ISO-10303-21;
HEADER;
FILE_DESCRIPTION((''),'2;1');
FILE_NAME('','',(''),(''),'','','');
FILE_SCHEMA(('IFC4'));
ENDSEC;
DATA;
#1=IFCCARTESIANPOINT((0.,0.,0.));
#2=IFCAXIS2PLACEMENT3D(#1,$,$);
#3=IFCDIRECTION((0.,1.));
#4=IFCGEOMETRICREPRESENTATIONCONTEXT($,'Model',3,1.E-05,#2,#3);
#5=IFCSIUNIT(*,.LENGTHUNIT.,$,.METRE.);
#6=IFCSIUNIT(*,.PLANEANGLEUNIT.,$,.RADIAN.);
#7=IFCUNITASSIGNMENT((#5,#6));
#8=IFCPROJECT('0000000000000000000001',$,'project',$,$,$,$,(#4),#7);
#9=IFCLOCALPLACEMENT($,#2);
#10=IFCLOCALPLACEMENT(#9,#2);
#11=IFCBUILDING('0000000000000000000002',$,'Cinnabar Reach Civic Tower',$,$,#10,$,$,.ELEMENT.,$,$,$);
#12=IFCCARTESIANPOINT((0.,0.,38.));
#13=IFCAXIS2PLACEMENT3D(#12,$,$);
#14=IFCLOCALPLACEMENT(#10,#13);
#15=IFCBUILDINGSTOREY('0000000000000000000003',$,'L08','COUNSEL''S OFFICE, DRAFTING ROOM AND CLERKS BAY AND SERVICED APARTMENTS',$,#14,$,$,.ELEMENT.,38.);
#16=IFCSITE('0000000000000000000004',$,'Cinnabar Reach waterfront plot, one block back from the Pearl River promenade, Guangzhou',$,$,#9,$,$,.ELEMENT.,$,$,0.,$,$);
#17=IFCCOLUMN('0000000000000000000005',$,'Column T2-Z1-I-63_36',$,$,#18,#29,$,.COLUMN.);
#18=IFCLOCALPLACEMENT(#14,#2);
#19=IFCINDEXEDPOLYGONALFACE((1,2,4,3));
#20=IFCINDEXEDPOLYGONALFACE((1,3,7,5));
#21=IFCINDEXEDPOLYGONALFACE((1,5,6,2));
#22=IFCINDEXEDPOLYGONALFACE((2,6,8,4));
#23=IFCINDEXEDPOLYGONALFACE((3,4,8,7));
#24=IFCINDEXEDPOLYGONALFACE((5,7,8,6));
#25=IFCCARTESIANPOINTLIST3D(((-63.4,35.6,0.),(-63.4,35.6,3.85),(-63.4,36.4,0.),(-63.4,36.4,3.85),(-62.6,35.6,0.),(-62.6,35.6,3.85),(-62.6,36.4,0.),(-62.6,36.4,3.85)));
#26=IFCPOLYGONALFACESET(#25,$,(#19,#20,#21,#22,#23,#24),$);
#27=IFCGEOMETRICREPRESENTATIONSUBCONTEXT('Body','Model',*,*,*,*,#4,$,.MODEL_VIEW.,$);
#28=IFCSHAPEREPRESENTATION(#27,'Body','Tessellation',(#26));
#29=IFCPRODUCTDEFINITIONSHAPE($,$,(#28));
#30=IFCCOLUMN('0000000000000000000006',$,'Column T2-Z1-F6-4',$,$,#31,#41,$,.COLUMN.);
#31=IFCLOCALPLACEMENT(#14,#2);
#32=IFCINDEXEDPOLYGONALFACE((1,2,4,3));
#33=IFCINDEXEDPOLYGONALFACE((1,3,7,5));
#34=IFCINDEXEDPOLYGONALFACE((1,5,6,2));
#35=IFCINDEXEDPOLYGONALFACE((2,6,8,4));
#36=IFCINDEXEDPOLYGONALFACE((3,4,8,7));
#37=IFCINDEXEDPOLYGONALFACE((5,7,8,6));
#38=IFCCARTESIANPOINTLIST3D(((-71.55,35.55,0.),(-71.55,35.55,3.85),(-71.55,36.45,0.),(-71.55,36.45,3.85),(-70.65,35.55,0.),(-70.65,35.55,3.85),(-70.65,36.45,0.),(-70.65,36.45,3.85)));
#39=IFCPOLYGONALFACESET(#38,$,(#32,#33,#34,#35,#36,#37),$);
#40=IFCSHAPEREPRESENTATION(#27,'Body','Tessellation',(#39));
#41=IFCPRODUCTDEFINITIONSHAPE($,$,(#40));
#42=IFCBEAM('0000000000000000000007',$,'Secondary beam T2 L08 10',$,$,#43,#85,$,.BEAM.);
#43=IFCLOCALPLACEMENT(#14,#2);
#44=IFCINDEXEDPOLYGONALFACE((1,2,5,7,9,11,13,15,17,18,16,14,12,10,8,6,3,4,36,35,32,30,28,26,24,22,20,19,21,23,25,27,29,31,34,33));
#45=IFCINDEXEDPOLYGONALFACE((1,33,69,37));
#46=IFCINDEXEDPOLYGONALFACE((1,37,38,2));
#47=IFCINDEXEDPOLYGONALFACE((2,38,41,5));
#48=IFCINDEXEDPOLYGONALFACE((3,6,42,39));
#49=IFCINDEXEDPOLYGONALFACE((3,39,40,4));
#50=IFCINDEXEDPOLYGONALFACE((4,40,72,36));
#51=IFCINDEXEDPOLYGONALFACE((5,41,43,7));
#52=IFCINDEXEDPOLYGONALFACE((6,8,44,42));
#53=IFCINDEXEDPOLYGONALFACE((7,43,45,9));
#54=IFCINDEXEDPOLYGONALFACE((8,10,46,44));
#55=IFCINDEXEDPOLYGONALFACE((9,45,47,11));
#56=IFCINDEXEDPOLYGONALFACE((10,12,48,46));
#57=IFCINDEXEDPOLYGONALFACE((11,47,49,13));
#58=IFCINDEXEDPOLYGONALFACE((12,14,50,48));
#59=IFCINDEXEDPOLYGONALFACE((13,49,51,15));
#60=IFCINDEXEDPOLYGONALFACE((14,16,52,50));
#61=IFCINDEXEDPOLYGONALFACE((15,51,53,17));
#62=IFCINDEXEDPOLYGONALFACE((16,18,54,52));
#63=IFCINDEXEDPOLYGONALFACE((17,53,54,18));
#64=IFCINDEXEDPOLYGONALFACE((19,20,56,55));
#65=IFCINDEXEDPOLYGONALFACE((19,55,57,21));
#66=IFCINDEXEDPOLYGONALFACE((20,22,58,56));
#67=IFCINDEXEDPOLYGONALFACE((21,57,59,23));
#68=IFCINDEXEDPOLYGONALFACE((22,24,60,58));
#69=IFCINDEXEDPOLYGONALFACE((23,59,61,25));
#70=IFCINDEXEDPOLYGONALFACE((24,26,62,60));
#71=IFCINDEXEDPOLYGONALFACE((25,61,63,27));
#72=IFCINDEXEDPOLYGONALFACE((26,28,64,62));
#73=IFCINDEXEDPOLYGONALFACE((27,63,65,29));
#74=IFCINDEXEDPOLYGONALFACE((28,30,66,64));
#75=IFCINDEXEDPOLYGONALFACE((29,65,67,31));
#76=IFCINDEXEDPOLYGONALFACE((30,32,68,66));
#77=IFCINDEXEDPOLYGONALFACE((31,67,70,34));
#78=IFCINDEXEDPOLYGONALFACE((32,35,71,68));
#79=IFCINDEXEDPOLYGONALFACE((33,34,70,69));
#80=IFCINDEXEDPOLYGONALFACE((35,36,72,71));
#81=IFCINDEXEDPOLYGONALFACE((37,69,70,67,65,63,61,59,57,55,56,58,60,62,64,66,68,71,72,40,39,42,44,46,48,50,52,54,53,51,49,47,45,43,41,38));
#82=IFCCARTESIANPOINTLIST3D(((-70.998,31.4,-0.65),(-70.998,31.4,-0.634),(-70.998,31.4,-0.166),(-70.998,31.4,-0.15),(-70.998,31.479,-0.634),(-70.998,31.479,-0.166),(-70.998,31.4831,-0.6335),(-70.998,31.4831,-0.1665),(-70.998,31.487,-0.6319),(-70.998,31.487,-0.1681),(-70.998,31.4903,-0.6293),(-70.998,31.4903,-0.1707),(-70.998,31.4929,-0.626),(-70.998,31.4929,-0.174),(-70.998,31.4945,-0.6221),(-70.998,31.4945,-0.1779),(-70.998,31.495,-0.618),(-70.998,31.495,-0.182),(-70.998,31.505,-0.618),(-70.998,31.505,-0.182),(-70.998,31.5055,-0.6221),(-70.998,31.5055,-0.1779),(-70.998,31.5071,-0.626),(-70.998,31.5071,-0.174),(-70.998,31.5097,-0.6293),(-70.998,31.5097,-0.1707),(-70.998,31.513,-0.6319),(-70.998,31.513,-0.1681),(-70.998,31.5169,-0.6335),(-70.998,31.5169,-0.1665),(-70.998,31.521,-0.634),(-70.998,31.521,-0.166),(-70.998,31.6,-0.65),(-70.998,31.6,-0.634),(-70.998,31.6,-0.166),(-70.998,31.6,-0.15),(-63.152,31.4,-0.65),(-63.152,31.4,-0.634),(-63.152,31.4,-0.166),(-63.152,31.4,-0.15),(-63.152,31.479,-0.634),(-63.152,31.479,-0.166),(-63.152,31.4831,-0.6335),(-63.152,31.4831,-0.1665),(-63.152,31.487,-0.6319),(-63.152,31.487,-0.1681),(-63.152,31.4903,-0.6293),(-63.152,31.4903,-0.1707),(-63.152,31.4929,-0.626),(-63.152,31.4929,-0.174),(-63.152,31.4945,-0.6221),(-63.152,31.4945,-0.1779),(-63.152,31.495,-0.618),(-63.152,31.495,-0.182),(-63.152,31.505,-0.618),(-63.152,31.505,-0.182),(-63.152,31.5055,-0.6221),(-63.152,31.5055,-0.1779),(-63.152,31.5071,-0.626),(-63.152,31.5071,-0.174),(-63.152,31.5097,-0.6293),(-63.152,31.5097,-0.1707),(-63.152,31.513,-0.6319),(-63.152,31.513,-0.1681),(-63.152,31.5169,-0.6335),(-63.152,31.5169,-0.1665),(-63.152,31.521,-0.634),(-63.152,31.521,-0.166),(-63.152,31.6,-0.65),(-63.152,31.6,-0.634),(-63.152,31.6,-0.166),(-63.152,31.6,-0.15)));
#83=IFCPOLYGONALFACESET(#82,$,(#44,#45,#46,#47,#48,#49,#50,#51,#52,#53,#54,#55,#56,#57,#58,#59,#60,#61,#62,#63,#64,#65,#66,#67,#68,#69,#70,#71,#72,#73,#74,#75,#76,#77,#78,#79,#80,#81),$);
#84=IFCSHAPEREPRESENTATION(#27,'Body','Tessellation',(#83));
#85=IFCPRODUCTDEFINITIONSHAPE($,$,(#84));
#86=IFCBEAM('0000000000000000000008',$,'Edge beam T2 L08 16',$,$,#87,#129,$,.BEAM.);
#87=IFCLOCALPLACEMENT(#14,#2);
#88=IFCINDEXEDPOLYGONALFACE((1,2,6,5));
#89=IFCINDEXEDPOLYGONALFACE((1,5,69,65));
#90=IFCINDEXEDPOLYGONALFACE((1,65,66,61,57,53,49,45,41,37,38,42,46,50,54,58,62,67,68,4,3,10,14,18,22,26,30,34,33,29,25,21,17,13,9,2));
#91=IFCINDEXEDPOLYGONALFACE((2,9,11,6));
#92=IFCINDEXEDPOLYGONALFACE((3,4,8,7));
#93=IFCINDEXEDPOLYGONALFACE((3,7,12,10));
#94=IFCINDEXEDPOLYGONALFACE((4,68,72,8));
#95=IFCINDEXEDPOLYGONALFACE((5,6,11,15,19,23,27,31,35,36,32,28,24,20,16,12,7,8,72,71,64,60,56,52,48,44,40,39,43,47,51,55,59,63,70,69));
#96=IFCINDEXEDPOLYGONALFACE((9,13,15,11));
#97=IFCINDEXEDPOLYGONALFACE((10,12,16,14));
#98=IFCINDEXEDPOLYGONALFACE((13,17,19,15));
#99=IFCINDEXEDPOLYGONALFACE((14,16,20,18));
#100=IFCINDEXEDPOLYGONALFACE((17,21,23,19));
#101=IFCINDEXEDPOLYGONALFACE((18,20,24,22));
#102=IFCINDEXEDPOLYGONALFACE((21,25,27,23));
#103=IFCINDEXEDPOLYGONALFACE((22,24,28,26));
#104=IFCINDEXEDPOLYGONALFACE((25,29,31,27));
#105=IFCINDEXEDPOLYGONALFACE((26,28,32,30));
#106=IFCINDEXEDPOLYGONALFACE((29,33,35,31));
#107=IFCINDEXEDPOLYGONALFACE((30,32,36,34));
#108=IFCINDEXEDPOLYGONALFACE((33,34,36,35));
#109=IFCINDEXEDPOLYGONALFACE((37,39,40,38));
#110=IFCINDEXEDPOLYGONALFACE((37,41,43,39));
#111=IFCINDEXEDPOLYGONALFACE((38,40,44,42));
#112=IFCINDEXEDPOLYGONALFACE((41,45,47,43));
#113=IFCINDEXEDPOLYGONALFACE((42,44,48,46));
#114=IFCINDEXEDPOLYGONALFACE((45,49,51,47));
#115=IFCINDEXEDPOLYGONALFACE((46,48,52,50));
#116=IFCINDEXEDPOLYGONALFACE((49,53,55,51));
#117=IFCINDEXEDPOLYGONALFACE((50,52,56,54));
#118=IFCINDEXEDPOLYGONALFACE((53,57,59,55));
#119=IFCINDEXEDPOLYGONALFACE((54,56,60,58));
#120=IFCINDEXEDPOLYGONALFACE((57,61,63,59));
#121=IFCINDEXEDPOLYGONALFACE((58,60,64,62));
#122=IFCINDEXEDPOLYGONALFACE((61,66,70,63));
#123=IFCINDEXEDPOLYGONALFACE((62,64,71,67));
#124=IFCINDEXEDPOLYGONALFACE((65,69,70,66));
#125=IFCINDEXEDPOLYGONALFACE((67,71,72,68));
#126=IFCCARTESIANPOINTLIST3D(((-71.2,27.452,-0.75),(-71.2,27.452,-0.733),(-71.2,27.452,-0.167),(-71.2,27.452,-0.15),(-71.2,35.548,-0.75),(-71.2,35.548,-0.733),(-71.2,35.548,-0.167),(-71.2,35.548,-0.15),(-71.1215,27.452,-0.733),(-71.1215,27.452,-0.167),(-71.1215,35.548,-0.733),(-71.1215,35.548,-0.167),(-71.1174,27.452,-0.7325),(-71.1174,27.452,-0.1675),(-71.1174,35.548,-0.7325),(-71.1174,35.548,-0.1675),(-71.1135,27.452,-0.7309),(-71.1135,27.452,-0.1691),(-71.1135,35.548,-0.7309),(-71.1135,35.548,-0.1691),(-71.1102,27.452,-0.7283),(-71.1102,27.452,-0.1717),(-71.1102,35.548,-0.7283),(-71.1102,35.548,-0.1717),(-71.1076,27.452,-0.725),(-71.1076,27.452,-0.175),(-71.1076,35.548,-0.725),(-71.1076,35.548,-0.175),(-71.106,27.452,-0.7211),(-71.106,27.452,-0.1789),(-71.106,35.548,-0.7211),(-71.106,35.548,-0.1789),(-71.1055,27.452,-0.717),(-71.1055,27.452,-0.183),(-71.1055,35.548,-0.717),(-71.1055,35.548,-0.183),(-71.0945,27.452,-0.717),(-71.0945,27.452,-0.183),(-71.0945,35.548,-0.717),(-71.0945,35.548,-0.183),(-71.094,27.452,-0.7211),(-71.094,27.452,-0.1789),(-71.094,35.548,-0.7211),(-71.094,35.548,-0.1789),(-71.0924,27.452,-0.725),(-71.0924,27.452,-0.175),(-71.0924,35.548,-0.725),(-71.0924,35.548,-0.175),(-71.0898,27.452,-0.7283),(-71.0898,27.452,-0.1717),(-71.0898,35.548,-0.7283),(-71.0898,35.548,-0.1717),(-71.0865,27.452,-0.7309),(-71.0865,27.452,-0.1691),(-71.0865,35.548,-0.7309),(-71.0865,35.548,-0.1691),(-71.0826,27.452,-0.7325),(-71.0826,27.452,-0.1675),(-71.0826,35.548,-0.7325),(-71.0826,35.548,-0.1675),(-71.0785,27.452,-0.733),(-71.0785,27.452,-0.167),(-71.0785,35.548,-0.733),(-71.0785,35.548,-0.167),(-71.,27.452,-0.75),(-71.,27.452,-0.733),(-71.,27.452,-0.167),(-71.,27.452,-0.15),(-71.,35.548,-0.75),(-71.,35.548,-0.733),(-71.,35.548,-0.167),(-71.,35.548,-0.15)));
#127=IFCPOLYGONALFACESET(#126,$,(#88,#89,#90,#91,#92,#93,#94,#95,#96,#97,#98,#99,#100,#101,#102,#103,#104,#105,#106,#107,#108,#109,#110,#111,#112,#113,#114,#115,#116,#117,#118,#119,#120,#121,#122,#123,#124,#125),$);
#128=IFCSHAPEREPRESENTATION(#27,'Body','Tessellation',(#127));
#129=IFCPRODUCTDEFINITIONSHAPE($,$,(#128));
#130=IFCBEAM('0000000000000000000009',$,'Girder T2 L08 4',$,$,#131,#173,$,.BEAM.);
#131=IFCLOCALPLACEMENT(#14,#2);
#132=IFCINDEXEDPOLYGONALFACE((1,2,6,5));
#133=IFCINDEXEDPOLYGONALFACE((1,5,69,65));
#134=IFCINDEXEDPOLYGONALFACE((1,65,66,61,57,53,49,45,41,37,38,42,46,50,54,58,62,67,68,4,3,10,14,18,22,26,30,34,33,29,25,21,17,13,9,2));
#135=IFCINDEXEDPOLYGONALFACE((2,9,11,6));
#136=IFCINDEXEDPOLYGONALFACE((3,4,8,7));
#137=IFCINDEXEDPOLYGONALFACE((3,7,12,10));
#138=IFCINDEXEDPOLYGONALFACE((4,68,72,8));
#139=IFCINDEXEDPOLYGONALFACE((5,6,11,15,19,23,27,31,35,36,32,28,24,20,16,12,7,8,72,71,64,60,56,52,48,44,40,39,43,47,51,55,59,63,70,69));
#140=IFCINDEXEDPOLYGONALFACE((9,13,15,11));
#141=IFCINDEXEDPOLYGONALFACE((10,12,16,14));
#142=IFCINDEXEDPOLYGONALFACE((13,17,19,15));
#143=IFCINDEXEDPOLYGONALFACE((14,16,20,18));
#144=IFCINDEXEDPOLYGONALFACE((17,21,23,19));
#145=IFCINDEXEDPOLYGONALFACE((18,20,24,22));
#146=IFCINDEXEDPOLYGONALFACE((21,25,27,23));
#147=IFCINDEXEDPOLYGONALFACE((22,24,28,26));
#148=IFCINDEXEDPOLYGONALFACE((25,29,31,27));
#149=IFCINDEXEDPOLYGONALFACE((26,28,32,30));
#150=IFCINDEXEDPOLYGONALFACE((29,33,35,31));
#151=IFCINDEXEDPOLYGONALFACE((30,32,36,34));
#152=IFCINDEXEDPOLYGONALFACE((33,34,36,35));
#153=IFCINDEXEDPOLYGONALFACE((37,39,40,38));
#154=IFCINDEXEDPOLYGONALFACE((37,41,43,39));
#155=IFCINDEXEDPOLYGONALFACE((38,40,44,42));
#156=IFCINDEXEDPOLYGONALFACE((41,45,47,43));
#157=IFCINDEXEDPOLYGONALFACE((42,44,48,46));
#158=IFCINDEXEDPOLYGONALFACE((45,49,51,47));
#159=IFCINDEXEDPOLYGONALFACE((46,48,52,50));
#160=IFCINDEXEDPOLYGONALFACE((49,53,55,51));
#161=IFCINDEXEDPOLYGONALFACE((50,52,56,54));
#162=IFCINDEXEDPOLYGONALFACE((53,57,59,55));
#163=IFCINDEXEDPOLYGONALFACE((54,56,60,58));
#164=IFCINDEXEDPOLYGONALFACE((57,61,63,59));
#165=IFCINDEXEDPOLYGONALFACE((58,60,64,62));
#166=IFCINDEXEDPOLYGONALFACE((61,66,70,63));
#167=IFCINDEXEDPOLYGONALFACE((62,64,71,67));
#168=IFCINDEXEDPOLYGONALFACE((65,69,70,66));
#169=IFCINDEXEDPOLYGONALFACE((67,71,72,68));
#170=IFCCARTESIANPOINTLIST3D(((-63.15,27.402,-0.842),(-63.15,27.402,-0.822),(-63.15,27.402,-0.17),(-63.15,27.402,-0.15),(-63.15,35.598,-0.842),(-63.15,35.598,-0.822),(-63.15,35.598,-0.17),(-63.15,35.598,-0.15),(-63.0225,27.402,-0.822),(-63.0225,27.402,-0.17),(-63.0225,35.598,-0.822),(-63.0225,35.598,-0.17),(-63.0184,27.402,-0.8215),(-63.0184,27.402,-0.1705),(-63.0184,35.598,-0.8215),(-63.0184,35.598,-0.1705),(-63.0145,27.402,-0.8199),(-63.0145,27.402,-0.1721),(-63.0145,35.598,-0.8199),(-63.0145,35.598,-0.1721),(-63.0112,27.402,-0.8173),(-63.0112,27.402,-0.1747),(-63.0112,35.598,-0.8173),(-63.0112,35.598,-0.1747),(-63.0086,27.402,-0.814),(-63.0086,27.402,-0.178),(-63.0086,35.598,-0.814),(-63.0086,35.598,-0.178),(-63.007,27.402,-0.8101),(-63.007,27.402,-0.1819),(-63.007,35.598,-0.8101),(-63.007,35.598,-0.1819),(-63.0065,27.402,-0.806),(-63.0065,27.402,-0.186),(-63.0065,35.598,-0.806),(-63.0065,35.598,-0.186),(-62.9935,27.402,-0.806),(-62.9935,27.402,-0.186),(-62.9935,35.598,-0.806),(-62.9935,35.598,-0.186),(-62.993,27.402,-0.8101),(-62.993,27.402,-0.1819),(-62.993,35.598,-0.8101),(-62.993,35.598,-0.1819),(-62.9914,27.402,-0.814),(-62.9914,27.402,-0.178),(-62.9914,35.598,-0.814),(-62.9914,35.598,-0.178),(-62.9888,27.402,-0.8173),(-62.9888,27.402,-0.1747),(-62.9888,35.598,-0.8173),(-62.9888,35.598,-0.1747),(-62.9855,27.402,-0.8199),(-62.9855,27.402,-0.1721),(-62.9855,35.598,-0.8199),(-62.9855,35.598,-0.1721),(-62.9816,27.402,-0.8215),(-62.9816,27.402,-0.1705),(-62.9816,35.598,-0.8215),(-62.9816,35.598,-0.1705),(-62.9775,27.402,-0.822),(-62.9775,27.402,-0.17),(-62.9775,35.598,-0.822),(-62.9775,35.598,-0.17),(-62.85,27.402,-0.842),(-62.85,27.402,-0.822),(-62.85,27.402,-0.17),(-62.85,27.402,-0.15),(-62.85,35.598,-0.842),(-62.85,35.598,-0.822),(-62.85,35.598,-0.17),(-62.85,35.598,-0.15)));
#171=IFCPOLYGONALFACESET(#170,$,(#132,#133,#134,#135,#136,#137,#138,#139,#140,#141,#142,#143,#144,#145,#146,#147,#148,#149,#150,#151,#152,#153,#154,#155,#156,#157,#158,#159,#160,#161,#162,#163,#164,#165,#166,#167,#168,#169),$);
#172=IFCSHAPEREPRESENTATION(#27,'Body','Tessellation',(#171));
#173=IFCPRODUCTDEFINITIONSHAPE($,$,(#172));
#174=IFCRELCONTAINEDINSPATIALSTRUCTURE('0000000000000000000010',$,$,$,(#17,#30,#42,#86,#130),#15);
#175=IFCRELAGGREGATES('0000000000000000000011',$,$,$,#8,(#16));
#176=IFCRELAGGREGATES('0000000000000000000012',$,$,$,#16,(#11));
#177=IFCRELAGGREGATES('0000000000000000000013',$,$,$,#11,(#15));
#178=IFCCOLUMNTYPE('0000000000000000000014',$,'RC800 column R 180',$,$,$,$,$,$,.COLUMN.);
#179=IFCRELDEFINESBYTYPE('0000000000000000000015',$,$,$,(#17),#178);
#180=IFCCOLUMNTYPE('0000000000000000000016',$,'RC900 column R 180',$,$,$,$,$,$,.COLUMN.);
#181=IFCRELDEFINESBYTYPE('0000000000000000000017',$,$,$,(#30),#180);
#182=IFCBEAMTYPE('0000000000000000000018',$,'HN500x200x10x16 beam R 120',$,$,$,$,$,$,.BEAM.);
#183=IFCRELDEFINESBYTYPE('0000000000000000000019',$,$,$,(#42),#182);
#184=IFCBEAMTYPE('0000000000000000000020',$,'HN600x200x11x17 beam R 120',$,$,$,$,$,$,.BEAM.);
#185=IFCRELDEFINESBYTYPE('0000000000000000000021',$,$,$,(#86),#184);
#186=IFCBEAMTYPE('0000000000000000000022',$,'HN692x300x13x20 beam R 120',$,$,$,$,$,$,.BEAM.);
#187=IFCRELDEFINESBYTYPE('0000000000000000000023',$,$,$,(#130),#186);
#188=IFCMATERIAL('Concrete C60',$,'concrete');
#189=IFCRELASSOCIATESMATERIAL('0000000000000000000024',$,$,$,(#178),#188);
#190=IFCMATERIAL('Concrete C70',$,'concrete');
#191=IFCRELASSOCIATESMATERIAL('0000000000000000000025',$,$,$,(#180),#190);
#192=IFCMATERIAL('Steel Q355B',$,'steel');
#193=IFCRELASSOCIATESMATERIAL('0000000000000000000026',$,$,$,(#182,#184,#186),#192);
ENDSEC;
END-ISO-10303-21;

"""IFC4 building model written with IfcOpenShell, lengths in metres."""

from ifc_helpers import new_model, si_unit, direction, frame, origin, origin_2d, place, context, subcontext, project, spatial, rectangle, i_section, extrude, material, material_profile, profile_set, type_object, element, save


model = new_model("IFC4")

# Units and contexts
model_context = context("Model", 3, precision=1e-05, world=origin(), true_north=direction((0.0, 1.0)))
body_context = subcontext(model_context, "Body", "Model", "MODEL_VIEW")
ifc_project = project(units=[si_unit("LENGTHUNIT", "METRE"), si_unit("PLANEANGLEUNIT", "RADIAN")], contexts=[model_context])

# Site, building, storey
site_placement = place(None, origin())
site = spatial("IfcSite", under=ifc_project, at=site_placement, Name="Cinnabar Reach waterfront plot, one block back from the Pearl River promenade, Guangzhou", CompositionType="ELEMENT", RefElevation=0.0)
building_placement = place(site_placement, origin())
building = spatial("IfcBuilding", under=site, at=building_placement, Name="Cinnabar Reach Civic Tower", CompositionType="ELEMENT")
storey_placement = place(building_placement, frame((0.0, 0.0, 38.0)))
storey = spatial("IfcBuildingStorey", under=building, at=storey_placement, Name="L08", Description="COUNSEL'S OFFICE, DRAFTING ROOM AND CLERKS BAY AND SERVICED APARTMENTS", CompositionType="ELEMENT", Elevation=38.0)

# Columns
ifc_material_1 = material(Name="Concrete C60", Category="concrete")
ifc_material_profile_1 = material_profile(ifc_material_1, rectangle(XDim=0.8, YDim=0.8, at=origin_2d()), Name="RC800")
ifc_profile_set_1 = profile_set([ifc_material_profile_1], Name="Concrete C60")
column_type_1 = type_object("IfcColumnType", Name="RC800 column R 180", PredefinedType="COLUMN", material=ifc_profile_set_1)
column_1_placement = place(storey_placement, frame((-63.0, 36.0, 0.0), z_axis=(0.0, 0.0, 1.0), x_axis=(1.0, 0.0, 0.0)))
element("IfcColumn", 1, at=column_1_placement, inside=storey, type_object=column_type_1, Name="Column T2-Z1-I-63_36", PredefinedType="COLUMN", context=body_context, shape_type="SweptSolid", body=[
    extrude(rectangle(XDim=0.8, YDim=0.8, at=origin_2d()), origin(), (0.0, 0.0, 1.0), 3.85),
])
ifc_material_2 = material(Name="Concrete C70", Category="concrete")
ifc_material_profile_2 = material_profile(ifc_material_2, rectangle(XDim=0.9, YDim=0.9, at=origin_2d()), Name="RC900")
ifc_profile_set_2 = profile_set([ifc_material_profile_2], Name="Concrete C70")
column_type_2 = type_object("IfcColumnType", Name="RC900 column R 180", PredefinedType="COLUMN", material=ifc_profile_set_2)
column_2_placement = place(storey_placement, frame((-71.1, 36.0, 0.0), z_axis=(0.0, 0.0, 1.0), x_axis=(1.0, 0.0, 0.0)))
element("IfcColumn", 2, at=column_2_placement, inside=storey, type_object=column_type_2, Name="Column T2-Z1-F6-4", PredefinedType="COLUMN", context=body_context, shape_type="SweptSolid", body=[
    extrude(rectangle(XDim=0.9, YDim=0.9, at=origin_2d()), origin(), (0.0, 0.0, 1.0), 3.85),
])

# Beams
ifc_material_3 = material(Name="Steel Q355B", Category="steel")
ifc_material_profile_3 = material_profile(ifc_material_3, i_section(OverallWidth=0.2, OverallDepth=0.5, WebThickness=0.01, FlangeThickness=0.016, FilletRadius=0.016, at=origin_2d()), Name="HN500x200x10x16")
ifc_profile_set_3 = profile_set([ifc_material_profile_3], Name="Steel Q355B")
beam_type_1 = type_object("IfcBeamType", Name="HN500x200x10x16 beam R 120", PredefinedType="BEAM", material=ifc_profile_set_3)
beam_1_placement = place(storey_placement, frame((-70.998, 31.5, -0.4), z_axis=(1.0, 0.0, 0.0), x_axis=(0.0, 1.0, 0.0)))
element("IfcBeam", 3, at=beam_1_placement, inside=storey, type_object=beam_type_1, Name="Secondary beam T2 L08 10", PredefinedType="BEAM", context=body_context, shape_type="SweptSolid", body=[
    extrude(i_section(OverallWidth=0.2, OverallDepth=0.5, WebThickness=0.01, FlangeThickness=0.016, FilletRadius=0.016, at=origin_2d()), origin(), (0.0, 0.0, 1.0), 7.846),
])
ifc_material_profile_4 = material_profile(ifc_material_3, i_section(OverallWidth=0.2, OverallDepth=0.6, WebThickness=0.011, FlangeThickness=0.017, FilletRadius=0.016, at=origin_2d()), Name="HN600x200x11x17")
ifc_profile_set_4 = profile_set([ifc_material_profile_4], Name="Steel Q355B")
beam_type_2 = type_object("IfcBeamType", Name="HN600x200x11x17 beam R 120", PredefinedType="BEAM", material=ifc_profile_set_4)
beam_2_placement = place(storey_placement, frame((-71.1, 35.548, -0.45), z_axis=(0.0, -1.0, 0.0), x_axis=(1.0, 0.0, 0.0)))
element("IfcBeam", 4, at=beam_2_placement, inside=storey, type_object=beam_type_2, Name="Edge beam T2 L08 16", PredefinedType="BEAM", context=body_context, shape_type="SweptSolid", body=[
    extrude(i_section(OverallWidth=0.2, OverallDepth=0.6, WebThickness=0.011, FlangeThickness=0.017, FilletRadius=0.016, at=origin_2d()), origin(), (0.0, 0.0, 1.0), 8.096),
])
ifc_material_profile_5 = material_profile(ifc_material_3, i_section(OverallWidth=0.3, OverallDepth=0.692, WebThickness=0.013, FlangeThickness=0.02, FilletRadius=0.016, at=origin_2d()), Name="HN692x300x13x20")
ifc_profile_set_5 = profile_set([ifc_material_profile_5], Name="Steel Q355B")
beam_type_3 = type_object("IfcBeamType", Name="HN692x300x13x20 beam R 120", PredefinedType="BEAM", material=ifc_profile_set_5)
beam_3_placement = place(storey_placement, frame((-63.0, 27.402, -0.496), z_axis=(0.0, 1.0, 0.0), x_axis=(-1.0, 0.0, 0.0)))
element("IfcBeam", 5, at=beam_3_placement, inside=storey, type_object=beam_type_3, Name="Girder T2 L08 4", PredefinedType="BEAM", context=body_context, shape_type="SweptSolid", body=[
    extrude(i_section(OverallWidth=0.3, OverallDepth=0.692, WebThickness=0.013, FlangeThickness=0.02, FilletRadius=0.016, at=origin_2d()), origin(), (0.0, 0.0, 1.0), 8.196),
])

save(model, "model.ifc")
